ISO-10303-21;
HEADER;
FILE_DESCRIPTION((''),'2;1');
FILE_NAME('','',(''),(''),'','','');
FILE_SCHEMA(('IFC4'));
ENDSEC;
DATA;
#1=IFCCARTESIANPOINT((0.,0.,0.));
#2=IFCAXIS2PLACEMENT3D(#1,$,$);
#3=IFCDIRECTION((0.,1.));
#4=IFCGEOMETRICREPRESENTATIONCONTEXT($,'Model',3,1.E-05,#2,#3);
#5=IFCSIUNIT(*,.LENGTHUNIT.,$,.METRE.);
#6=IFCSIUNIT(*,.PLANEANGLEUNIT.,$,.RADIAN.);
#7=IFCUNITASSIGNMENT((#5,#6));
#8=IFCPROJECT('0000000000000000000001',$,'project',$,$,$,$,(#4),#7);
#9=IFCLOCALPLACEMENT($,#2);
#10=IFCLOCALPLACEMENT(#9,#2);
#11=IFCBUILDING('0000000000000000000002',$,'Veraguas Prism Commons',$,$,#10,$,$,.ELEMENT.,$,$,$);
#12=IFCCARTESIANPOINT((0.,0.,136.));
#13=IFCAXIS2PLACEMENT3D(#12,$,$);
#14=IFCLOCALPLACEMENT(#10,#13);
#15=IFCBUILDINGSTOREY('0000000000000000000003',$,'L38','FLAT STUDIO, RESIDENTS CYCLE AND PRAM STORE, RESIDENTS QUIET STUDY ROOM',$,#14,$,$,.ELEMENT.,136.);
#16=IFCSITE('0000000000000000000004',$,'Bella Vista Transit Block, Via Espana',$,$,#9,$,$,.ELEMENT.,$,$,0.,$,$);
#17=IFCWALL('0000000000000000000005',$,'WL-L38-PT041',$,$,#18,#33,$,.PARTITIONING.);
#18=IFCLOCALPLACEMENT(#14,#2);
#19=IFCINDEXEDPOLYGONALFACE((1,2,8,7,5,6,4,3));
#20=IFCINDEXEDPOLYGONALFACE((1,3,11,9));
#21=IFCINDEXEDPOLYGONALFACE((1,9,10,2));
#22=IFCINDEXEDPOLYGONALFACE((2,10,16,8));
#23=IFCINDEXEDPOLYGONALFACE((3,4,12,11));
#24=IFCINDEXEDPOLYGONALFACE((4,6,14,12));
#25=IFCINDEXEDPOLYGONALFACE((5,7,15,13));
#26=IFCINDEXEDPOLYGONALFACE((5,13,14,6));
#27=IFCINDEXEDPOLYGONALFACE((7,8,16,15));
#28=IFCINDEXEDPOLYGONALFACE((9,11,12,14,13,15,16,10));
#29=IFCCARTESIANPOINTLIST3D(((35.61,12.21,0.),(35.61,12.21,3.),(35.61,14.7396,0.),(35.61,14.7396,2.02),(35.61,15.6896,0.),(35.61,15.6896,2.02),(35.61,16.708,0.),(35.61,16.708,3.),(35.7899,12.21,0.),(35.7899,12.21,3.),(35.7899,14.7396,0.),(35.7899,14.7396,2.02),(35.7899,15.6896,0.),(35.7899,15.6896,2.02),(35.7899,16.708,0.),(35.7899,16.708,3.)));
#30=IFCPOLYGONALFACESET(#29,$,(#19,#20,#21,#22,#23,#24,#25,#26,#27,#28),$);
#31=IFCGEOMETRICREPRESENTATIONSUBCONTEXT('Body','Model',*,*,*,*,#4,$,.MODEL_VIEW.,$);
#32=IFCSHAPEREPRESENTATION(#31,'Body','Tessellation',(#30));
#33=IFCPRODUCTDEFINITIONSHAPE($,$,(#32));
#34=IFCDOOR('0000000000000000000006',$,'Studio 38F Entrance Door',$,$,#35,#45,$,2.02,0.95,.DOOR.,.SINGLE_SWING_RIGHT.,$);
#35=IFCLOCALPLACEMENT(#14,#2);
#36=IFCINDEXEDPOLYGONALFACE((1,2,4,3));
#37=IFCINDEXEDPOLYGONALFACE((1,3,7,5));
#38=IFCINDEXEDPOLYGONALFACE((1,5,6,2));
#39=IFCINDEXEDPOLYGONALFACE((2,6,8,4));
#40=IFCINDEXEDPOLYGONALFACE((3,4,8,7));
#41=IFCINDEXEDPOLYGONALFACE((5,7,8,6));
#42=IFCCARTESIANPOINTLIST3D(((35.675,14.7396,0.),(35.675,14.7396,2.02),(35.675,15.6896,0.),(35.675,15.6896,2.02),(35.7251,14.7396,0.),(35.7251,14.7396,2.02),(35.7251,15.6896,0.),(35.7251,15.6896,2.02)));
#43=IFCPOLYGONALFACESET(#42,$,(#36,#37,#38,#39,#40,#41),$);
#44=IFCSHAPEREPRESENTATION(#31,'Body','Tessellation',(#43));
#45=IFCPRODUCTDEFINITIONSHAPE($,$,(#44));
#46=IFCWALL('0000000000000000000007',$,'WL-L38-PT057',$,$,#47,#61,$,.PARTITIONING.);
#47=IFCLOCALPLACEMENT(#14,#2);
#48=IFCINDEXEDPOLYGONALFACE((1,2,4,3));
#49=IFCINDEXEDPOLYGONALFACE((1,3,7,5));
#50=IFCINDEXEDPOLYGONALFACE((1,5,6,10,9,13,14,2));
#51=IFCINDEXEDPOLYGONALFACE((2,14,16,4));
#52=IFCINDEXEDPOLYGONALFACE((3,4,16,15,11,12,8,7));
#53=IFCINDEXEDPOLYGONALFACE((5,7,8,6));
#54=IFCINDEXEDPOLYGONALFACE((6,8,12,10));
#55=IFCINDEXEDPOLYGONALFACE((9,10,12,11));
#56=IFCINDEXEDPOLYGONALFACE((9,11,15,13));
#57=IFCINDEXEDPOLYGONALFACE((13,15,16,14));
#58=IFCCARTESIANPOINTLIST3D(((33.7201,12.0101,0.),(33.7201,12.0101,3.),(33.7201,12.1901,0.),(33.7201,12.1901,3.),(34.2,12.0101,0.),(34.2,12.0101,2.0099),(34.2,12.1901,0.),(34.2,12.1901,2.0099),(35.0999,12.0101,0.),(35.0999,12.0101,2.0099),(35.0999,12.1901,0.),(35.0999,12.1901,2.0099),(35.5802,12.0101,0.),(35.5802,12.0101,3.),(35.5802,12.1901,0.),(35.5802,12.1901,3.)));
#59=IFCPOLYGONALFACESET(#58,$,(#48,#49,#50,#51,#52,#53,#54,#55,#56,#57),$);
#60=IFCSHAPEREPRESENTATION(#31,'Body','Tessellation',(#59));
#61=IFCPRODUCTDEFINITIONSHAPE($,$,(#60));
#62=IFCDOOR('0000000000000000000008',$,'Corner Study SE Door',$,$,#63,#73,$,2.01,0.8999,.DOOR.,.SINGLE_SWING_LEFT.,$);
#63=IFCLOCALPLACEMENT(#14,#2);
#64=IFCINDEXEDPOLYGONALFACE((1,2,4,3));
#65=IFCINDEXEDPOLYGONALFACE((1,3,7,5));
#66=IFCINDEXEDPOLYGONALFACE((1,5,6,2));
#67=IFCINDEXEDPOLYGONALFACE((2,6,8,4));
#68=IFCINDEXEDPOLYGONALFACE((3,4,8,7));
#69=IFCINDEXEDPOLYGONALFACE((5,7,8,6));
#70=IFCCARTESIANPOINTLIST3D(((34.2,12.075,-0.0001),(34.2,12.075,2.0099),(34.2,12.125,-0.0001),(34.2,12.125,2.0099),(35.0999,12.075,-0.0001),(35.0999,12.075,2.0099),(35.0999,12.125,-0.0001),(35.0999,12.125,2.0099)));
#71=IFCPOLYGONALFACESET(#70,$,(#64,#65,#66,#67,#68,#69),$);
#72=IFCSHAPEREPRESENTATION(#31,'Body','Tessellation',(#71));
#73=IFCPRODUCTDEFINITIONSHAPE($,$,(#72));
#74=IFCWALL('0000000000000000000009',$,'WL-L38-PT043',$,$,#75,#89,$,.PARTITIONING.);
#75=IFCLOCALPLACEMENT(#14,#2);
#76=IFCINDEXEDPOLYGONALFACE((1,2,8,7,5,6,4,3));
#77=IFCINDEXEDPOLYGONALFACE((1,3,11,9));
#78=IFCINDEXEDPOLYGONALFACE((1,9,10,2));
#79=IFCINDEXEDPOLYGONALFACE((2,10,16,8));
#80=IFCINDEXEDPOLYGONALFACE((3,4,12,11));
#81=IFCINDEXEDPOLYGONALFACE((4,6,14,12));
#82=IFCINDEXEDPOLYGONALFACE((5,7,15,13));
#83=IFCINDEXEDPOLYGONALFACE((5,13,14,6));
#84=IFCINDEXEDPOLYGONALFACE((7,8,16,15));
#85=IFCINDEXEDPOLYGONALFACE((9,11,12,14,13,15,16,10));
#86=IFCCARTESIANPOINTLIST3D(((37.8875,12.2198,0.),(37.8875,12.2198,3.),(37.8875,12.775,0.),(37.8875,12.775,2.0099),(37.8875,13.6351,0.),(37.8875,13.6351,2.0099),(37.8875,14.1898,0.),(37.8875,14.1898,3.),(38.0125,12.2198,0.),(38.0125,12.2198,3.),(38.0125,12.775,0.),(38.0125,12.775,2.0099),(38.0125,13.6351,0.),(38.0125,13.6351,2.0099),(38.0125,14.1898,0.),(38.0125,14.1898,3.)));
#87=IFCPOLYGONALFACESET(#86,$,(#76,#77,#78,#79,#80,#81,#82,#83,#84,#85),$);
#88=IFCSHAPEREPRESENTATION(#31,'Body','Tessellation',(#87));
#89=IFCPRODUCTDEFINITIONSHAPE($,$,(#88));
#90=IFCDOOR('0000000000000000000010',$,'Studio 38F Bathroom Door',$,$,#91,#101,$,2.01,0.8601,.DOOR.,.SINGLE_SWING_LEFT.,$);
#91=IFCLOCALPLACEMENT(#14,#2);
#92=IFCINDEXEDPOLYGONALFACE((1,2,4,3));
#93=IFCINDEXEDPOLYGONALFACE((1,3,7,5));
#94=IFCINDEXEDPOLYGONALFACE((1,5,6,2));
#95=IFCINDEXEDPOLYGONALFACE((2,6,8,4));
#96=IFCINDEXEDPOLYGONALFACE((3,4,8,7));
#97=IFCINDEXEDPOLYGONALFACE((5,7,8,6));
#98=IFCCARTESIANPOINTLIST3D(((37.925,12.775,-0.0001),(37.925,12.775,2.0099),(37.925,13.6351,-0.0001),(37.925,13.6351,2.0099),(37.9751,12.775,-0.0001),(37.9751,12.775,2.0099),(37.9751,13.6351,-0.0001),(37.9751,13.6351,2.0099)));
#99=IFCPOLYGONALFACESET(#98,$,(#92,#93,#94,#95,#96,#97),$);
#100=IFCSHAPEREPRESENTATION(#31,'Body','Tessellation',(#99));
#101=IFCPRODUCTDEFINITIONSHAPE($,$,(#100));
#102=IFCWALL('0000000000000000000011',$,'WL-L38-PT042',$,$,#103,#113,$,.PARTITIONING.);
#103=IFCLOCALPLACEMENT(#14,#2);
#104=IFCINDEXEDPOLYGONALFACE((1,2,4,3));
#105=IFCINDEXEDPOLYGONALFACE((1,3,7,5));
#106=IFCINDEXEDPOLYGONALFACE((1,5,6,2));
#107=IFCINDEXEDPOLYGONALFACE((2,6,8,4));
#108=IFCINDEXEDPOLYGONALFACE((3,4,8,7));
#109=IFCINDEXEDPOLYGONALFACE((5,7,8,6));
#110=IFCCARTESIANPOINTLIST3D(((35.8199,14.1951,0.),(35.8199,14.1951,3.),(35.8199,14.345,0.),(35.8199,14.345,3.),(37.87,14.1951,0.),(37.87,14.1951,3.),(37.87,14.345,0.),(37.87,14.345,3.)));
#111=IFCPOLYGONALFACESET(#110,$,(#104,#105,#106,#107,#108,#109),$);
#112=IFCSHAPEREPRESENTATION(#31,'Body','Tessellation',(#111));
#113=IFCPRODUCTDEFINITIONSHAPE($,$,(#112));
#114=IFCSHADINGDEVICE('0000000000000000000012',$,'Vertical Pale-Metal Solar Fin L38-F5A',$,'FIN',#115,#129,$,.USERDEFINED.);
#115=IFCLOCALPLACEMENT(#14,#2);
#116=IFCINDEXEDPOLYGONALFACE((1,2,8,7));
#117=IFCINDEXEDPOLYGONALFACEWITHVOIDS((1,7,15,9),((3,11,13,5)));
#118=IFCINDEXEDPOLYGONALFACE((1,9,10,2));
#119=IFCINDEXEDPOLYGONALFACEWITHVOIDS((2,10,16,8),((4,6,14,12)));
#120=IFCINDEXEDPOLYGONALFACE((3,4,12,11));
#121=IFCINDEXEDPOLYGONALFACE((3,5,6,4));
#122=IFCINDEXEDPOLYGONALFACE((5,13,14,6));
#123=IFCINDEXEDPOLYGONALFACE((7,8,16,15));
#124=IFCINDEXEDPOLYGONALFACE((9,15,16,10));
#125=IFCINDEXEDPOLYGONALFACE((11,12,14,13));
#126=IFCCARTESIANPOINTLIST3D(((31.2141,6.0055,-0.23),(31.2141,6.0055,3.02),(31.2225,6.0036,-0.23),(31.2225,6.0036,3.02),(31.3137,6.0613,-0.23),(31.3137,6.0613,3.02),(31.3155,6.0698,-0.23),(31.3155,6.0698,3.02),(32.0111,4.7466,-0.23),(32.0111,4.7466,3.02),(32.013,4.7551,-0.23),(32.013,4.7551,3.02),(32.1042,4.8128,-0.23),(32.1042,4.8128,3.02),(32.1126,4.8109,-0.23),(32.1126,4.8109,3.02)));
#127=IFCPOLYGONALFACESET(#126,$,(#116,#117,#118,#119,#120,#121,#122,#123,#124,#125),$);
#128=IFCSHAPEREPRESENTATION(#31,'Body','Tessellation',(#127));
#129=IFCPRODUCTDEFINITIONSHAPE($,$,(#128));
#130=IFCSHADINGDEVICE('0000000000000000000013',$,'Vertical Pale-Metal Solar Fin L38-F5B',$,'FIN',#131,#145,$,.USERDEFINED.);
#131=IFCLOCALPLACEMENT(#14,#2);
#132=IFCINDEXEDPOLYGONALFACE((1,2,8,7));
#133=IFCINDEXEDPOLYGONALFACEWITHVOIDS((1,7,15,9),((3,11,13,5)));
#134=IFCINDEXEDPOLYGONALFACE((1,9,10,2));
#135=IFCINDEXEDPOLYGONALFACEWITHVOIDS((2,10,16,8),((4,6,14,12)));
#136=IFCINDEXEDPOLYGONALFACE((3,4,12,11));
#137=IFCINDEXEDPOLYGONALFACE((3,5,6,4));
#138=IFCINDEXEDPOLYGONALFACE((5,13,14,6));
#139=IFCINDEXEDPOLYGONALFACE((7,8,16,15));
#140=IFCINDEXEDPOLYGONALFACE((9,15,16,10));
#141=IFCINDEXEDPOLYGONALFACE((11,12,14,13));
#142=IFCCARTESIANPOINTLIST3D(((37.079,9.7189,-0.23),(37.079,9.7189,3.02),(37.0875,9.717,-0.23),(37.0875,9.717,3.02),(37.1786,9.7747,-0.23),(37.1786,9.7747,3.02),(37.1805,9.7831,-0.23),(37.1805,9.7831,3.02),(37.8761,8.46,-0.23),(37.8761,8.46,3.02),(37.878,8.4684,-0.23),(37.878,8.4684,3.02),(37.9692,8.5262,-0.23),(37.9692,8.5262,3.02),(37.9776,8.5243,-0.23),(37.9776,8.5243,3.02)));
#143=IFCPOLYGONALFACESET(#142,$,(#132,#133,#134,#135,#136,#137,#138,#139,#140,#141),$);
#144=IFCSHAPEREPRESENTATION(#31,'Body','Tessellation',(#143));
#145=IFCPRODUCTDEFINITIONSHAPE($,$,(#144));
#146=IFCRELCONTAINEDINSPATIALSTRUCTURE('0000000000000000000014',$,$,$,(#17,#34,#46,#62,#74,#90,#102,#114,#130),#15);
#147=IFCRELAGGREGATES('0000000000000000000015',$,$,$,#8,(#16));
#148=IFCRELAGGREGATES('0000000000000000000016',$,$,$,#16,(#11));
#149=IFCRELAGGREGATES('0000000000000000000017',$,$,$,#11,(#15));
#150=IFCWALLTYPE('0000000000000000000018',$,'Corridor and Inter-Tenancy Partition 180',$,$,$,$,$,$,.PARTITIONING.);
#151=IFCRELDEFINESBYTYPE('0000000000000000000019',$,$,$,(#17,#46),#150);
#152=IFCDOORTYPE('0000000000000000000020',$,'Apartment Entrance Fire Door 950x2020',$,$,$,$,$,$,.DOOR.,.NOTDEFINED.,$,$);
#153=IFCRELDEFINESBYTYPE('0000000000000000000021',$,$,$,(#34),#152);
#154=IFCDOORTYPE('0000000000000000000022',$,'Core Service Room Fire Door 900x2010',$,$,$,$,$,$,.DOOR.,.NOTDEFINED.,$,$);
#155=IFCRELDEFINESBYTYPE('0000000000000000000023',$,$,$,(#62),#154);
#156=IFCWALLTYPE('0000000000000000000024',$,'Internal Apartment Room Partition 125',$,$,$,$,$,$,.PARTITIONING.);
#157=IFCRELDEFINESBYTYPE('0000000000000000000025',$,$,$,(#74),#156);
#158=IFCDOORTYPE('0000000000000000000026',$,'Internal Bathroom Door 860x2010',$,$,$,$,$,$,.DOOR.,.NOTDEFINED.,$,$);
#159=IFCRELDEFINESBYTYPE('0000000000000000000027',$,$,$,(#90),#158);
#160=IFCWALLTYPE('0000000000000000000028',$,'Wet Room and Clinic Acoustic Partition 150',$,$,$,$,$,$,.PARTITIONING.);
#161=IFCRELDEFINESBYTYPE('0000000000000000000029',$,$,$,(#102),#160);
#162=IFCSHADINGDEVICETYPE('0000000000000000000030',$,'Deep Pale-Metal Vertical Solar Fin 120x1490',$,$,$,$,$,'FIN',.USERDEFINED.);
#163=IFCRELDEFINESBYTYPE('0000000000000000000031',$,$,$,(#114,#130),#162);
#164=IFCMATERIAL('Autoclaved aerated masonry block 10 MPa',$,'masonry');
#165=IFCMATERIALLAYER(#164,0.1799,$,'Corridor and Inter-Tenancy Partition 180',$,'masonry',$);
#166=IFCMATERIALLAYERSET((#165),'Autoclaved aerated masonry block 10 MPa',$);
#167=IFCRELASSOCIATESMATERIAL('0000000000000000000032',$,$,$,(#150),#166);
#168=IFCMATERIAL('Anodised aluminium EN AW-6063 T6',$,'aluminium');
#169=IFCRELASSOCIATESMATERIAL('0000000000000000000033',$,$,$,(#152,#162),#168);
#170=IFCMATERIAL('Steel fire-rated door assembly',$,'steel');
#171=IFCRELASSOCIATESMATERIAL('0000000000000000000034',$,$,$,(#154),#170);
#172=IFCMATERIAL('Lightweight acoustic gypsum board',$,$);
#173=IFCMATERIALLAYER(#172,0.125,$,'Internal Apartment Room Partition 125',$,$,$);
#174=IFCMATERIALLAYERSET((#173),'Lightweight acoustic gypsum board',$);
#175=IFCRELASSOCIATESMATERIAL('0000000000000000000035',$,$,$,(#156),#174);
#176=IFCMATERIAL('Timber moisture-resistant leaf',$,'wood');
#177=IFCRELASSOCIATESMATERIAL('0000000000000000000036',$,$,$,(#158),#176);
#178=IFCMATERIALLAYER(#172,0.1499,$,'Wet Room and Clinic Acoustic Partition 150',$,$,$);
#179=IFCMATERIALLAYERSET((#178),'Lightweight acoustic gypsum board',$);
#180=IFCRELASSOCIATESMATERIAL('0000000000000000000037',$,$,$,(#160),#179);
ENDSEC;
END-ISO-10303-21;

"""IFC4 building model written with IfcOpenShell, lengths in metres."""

from ifc_helpers import new_model, si_unit, direction, frame, frame_2d, origin, origin_2d, place, context, subcontext, project, spatial, rectangle, hollow_rectangle, extrude, source, transform, mapped, material, layer, layer_set, material_profile, profile_set, type_object, element, fill, save


model = new_model("IFC4")

# Units and contexts
model_context = context("Model", 3, precision=1e-05, world=origin(), true_north=direction((0.0, 1.0)))
body_context = subcontext(model_context, "Body", "Model", "MODEL_VIEW")
ifc_project = project(units=[si_unit("LENGTHUNIT", "METRE"), si_unit("PLANEANGLEUNIT", "RADIAN")], contexts=[model_context])

# Site, building, storey
site_placement = place(None, origin())
site = spatial("IfcSite", under=ifc_project, at=site_placement, Name="Bella Vista Transit Block, Via Espana", CompositionType="ELEMENT", RefElevation=0.0)
building_placement = place(site_placement, origin())
building = spatial("IfcBuilding", under=site, at=building_placement, Name="Veraguas Prism Commons", CompositionType="ELEMENT")
storey_placement = place(building_placement, frame((0.0, 0.0, 136.0)))
storey = spatial("IfcBuildingStorey", under=building, at=storey_placement, Name="L38", Description="FLAT STUDIO, RESIDENTS CYCLE AND PRAM STORE, RESIDENTS QUIET STUDY ROOM", CompositionType="ELEMENT", Elevation=136.0)

# Shared definitions
ifc_material_1 = material(Name="Anodised aluminium EN AW-6063 T6", Category="aluminium")

# Shared definitions
ifc_material_2 = material(Name="Autoclaved aerated masonry block 10 MPa", Category="masonry")
ifc_layer_1 = layer(ifc_material_2, 0.1799, Name="Corridor and Inter-Tenancy Partition 180", Category="masonry")
ifc_layer_set_1 = layer_set([ifc_layer_1], Name="Autoclaved aerated masonry block 10 MPa")
wall_type_1 = type_object("IfcWallType", Name="Corridor and Inter-Tenancy Partition 180", PredefinedType="PARTITIONING", material=ifc_layer_set_1)

# Walls, openings, doors
wall_1_placement = place(storey_placement, frame((35.7, 12.21, 0.0), z_axis=(0.0, 0.0, 1.0), x_axis=(0.0, 1.0, 0.0)))
wall_1 = element("IfcWall", 1, at=wall_1_placement, inside=storey, type_object=wall_type_1, Name="WL-L38-PT041", PredefinedType="PARTITIONING", context=body_context, shape_type="SweptSolid", body=[
    extrude(rectangle(XDim=4.498, YDim=0.1799, at=frame_2d((2.249, 0.0))), origin(), (0.0, 0.0, 1.0), 3.0),
])
opening_1_placement = place(wall_1_placement, frame((2.5295, 0.0, 0.0)))
opening_1 = element("IfcOpeningElement", 2, at=opening_1_placement, cuts=wall_1, PredefinedType="OPENING", context=body_context, shape_type="SweptSolid", body=[
    extrude(rectangle(XDim=0.95, YDim=2.02, at=frame_2d((0.4751, 1.01))), frame((0.0, 0.0999, 0.0), z_axis=(0.0, -1.0, 0.0), x_axis=(1.0, 0.0, 0.0)), (0.0, 0.0, 1.0), 0.2),
])
door_type_1 = type_object("IfcDoorType", Name="Apartment Entrance Fire Door 950x2020", OperationType="NOTDEFINED", PredefinedType="DOOR", material=ifc_material_1)
shared_shape_1 = source(origin(), body_context, "Body", "SweptSolid", [
    extrude(rectangle(XDim=0.95, YDim=2.02, at=frame_2d((0.4751, 1.01))), frame((0.0, 0.0249, 0.0), z_axis=(0.0, -1.0, 0.0), x_axis=(1.0, 0.0, 0.0)), (0.0, 0.0, 1.0), 0.05),
])
door_1_placement = place(opening_1_placement, origin())
door_1 = element("IfcDoor", 3, at=door_1_placement, inside=storey, type_object=door_type_1, Name="Studio 38F Entrance Door", OperationType="SINGLE_SWING_RIGHT", OverallHeight=2.02, OverallWidth=0.95, PredefinedType="DOOR", context=body_context, shape_type="MappedRepresentation", body=[
    mapped(shared_shape_1, transform((0.0, 0.0, 0.0), scale=1.0)),
])
fill(opening_1, door_1)
wall_2_placement = place(storey_placement, frame((33.72, 12.1001, 0.0), z_axis=(0.0, 0.0, 1.0), x_axis=(1.0, 0.0, 0.0)))
wall_2 = element("IfcWall", 4, at=wall_2_placement, inside=storey, type_object=wall_type_1, Name="WL-L38-PT057", PredefinedType="PARTITIONING", context=body_context, shape_type="SweptSolid", body=[
    extrude(rectangle(XDim=1.8601, YDim=0.1799, at=frame_2d((0.9302, 0.0))), origin(), (0.0, 0.0, 1.0), 3.0),
])
opening_2_placement = place(wall_2_placement, frame((0.48, 0.0, 0.0)))
opening_2 = element("IfcOpeningElement", 5, at=opening_2_placement, cuts=wall_2, PredefinedType="OPENING", context=body_context, shape_type="SweptSolid", body=[
    extrude(rectangle(XDim=0.8999, YDim=2.01, at=frame_2d((0.45, 1.0049))), frame((0.0, 0.0999, 0.0), z_axis=(0.0, -1.0, 0.0), x_axis=(1.0, 0.0, 0.0)), (0.0, 0.0, 1.0), 0.2),
])
ifc_material_3 = material(Name="Steel fire-rated door assembly", Category="steel")
door_type_2 = type_object("IfcDoorType", Name="Core Service Room Fire Door 900x2010", OperationType="NOTDEFINED", PredefinedType="DOOR", material=ifc_material_3)
shared_shape_2 = source(origin(), body_context, "Body", "SweptSolid", [
    extrude(rectangle(XDim=0.8999, YDim=2.01, at=frame_2d((0.45, 1.0049))), frame((0.0, 0.0249, 0.0), z_axis=(0.0, -1.0, 0.0), x_axis=(1.0, 0.0, 0.0)), (0.0, 0.0, 1.0), 0.05),
])
door_2_placement = place(opening_2_placement, origin())
door_2 = element("IfcDoor", 6, at=door_2_placement, inside=storey, type_object=door_type_2, Name="Corner Study SE Door", OperationType="SINGLE_SWING_LEFT", OverallHeight=2.01, OverallWidth=0.8999, PredefinedType="DOOR", context=body_context, shape_type="MappedRepresentation", body=[
    mapped(shared_shape_2, transform((0.0, 0.0, 0.0), scale=1.0)),
])
fill(opening_2, door_2)
ifc_material_4 = material(Name="Lightweight acoustic gypsum board")
ifc_layer_2 = layer(ifc_material_4, 0.125, Name="Internal Apartment Room Partition 125")
ifc_layer_set_2 = layer_set([ifc_layer_2], Name="Lightweight acoustic gypsum board")
wall_type_2 = type_object("IfcWallType", Name="Internal Apartment Room Partition 125", PredefinedType="PARTITIONING", material=ifc_layer_set_2)
wall_3_placement = place(storey_placement, frame((37.95, 12.22, 0.0), z_axis=(0.0, 0.0, 1.0), x_axis=(0.0, 1.0, 0.0)))
wall_3 = element("IfcWall", 7, at=wall_3_placement, inside=storey, type_object=wall_type_2, Name="WL-L38-PT043", PredefinedType="PARTITIONING", context=body_context, shape_type="SweptSolid", body=[
    extrude(rectangle(XDim=1.97, YDim=0.125, at=frame_2d((0.9849, 0.0))), origin(), (0.0, 0.0, 1.0), 3.0),
])
opening_3_placement = place(wall_3_placement, frame((0.5549, 0.0, 0.0)))
opening_3 = element("IfcOpeningElement", 8, at=opening_3_placement, cuts=wall_3, PredefinedType="OPENING", context=body_context, shape_type="SweptSolid", body=[
    extrude(rectangle(XDim=0.8601, YDim=2.01, at=frame_2d((0.4302, 1.0049))), frame((0.0, 0.0725, 0.0), z_axis=(0.0, -1.0, 0.0), x_axis=(1.0, 0.0, 0.0)), (0.0, 0.0, 1.0), 0.145),
])
ifc_material_5 = material(Name="Timber moisture-resistant leaf", Category="wood")
door_type_3 = type_object("IfcDoorType", Name="Internal Bathroom Door 860x2010", OperationType="NOTDEFINED", PredefinedType="DOOR", material=ifc_material_5)
shared_shape_3 = source(origin(), body_context, "Body", "SweptSolid", [
    extrude(rectangle(XDim=0.8601, YDim=2.01, at=frame_2d((0.4302, 1.0049))), frame((0.0, 0.0249, 0.0), z_axis=(0.0, -1.0, 0.0), x_axis=(1.0, 0.0, 0.0)), (0.0, 0.0, 1.0), 0.05),
])
door_3_placement = place(opening_3_placement, origin())
door_3 = element("IfcDoor", 9, at=door_3_placement, inside=storey, type_object=door_type_3, Name="Studio 38F Bathroom Door", OperationType="SINGLE_SWING_LEFT", OverallHeight=2.01, OverallWidth=0.8601, PredefinedType="DOOR", context=body_context, shape_type="MappedRepresentation", body=[
    mapped(shared_shape_3, transform((0.0, 0.0, 0.0), scale=1.0)),
])
fill(opening_3, door_3)

# Wall
ifc_layer_3 = layer(ifc_material_4, 0.1499, Name="Wet Room and Clinic Acoustic Partition 150")
ifc_layer_set_3 = layer_set([ifc_layer_3], Name="Lightweight acoustic gypsum board")
wall_type_3 = type_object("IfcWallType", Name="Wet Room and Clinic Acoustic Partition 150", PredefinedType="PARTITIONING", material=ifc_layer_set_3)
wall_4_placement = place(storey_placement, frame((35.8201, 14.27, 0.0), z_axis=(0.0, 0.0, 1.0), x_axis=(1.0, 0.0, 0.0)))
element("IfcWall", 10, at=wall_4_placement, inside=storey, type_object=wall_type_3, Name="WL-L38-PT042", PredefinedType="PARTITIONING", context=body_context, shape_type="SweptSolid", body=[
    extrude(rectangle(XDim=2.05, YDim=0.1499, at=frame_2d((1.0249, 0.0))), origin(), (0.0, 0.0, 1.0), 3.0),
])

# Shading devices
ifc_material_profile_1 = material_profile(ifc_material_1, hollow_rectangle(XDim=0.1201, YDim=1.49, WallThickness=0.0061, at=origin_2d()), Name="FIN120X1490X6")
ifc_profile_set_1 = profile_set([ifc_material_profile_1], Name="Anodised aluminium EN AW-6063 T6")
shading_device_type = type_object("IfcShadingDeviceType", Name="Deep Pale-Metal Vertical Solar Fin 120x1490", ElementType="FIN", PredefinedType="USERDEFINED", material=ifc_profile_set_1)
for number, where, z_axis, x_axis, name in (
    (11, (31.6633, 5.4082, -0.23), (0.0, 0.0, 1.0), (0.844888, 0.534944, 0.0), "Vertical Pale-Metal Solar Fin L38-F5A"),
    (12, (37.5283, 9.1216, -0.23), (0.0, 0.0, 1.0), (0.844888, 0.534944, 0.0), "Vertical Pale-Metal Solar Fin L38-F5B"),
):
    element("IfcShadingDevice", number, at=place(storey_placement, frame(where, z_axis=z_axis, x_axis=x_axis)), inside=storey, type_object=shading_device_type, Name=name, ObjectType="FIN", PredefinedType="USERDEFINED", context=body_context, shape_type="SweptSolid", body=[
        extrude(hollow_rectangle(XDim=0.1201, YDim=1.49, WallThickness=0.0061, at=origin_2d()), origin(), (0.0, 0.0, 1.0), 3.25),
    ])

save(model, "model.ifc")
